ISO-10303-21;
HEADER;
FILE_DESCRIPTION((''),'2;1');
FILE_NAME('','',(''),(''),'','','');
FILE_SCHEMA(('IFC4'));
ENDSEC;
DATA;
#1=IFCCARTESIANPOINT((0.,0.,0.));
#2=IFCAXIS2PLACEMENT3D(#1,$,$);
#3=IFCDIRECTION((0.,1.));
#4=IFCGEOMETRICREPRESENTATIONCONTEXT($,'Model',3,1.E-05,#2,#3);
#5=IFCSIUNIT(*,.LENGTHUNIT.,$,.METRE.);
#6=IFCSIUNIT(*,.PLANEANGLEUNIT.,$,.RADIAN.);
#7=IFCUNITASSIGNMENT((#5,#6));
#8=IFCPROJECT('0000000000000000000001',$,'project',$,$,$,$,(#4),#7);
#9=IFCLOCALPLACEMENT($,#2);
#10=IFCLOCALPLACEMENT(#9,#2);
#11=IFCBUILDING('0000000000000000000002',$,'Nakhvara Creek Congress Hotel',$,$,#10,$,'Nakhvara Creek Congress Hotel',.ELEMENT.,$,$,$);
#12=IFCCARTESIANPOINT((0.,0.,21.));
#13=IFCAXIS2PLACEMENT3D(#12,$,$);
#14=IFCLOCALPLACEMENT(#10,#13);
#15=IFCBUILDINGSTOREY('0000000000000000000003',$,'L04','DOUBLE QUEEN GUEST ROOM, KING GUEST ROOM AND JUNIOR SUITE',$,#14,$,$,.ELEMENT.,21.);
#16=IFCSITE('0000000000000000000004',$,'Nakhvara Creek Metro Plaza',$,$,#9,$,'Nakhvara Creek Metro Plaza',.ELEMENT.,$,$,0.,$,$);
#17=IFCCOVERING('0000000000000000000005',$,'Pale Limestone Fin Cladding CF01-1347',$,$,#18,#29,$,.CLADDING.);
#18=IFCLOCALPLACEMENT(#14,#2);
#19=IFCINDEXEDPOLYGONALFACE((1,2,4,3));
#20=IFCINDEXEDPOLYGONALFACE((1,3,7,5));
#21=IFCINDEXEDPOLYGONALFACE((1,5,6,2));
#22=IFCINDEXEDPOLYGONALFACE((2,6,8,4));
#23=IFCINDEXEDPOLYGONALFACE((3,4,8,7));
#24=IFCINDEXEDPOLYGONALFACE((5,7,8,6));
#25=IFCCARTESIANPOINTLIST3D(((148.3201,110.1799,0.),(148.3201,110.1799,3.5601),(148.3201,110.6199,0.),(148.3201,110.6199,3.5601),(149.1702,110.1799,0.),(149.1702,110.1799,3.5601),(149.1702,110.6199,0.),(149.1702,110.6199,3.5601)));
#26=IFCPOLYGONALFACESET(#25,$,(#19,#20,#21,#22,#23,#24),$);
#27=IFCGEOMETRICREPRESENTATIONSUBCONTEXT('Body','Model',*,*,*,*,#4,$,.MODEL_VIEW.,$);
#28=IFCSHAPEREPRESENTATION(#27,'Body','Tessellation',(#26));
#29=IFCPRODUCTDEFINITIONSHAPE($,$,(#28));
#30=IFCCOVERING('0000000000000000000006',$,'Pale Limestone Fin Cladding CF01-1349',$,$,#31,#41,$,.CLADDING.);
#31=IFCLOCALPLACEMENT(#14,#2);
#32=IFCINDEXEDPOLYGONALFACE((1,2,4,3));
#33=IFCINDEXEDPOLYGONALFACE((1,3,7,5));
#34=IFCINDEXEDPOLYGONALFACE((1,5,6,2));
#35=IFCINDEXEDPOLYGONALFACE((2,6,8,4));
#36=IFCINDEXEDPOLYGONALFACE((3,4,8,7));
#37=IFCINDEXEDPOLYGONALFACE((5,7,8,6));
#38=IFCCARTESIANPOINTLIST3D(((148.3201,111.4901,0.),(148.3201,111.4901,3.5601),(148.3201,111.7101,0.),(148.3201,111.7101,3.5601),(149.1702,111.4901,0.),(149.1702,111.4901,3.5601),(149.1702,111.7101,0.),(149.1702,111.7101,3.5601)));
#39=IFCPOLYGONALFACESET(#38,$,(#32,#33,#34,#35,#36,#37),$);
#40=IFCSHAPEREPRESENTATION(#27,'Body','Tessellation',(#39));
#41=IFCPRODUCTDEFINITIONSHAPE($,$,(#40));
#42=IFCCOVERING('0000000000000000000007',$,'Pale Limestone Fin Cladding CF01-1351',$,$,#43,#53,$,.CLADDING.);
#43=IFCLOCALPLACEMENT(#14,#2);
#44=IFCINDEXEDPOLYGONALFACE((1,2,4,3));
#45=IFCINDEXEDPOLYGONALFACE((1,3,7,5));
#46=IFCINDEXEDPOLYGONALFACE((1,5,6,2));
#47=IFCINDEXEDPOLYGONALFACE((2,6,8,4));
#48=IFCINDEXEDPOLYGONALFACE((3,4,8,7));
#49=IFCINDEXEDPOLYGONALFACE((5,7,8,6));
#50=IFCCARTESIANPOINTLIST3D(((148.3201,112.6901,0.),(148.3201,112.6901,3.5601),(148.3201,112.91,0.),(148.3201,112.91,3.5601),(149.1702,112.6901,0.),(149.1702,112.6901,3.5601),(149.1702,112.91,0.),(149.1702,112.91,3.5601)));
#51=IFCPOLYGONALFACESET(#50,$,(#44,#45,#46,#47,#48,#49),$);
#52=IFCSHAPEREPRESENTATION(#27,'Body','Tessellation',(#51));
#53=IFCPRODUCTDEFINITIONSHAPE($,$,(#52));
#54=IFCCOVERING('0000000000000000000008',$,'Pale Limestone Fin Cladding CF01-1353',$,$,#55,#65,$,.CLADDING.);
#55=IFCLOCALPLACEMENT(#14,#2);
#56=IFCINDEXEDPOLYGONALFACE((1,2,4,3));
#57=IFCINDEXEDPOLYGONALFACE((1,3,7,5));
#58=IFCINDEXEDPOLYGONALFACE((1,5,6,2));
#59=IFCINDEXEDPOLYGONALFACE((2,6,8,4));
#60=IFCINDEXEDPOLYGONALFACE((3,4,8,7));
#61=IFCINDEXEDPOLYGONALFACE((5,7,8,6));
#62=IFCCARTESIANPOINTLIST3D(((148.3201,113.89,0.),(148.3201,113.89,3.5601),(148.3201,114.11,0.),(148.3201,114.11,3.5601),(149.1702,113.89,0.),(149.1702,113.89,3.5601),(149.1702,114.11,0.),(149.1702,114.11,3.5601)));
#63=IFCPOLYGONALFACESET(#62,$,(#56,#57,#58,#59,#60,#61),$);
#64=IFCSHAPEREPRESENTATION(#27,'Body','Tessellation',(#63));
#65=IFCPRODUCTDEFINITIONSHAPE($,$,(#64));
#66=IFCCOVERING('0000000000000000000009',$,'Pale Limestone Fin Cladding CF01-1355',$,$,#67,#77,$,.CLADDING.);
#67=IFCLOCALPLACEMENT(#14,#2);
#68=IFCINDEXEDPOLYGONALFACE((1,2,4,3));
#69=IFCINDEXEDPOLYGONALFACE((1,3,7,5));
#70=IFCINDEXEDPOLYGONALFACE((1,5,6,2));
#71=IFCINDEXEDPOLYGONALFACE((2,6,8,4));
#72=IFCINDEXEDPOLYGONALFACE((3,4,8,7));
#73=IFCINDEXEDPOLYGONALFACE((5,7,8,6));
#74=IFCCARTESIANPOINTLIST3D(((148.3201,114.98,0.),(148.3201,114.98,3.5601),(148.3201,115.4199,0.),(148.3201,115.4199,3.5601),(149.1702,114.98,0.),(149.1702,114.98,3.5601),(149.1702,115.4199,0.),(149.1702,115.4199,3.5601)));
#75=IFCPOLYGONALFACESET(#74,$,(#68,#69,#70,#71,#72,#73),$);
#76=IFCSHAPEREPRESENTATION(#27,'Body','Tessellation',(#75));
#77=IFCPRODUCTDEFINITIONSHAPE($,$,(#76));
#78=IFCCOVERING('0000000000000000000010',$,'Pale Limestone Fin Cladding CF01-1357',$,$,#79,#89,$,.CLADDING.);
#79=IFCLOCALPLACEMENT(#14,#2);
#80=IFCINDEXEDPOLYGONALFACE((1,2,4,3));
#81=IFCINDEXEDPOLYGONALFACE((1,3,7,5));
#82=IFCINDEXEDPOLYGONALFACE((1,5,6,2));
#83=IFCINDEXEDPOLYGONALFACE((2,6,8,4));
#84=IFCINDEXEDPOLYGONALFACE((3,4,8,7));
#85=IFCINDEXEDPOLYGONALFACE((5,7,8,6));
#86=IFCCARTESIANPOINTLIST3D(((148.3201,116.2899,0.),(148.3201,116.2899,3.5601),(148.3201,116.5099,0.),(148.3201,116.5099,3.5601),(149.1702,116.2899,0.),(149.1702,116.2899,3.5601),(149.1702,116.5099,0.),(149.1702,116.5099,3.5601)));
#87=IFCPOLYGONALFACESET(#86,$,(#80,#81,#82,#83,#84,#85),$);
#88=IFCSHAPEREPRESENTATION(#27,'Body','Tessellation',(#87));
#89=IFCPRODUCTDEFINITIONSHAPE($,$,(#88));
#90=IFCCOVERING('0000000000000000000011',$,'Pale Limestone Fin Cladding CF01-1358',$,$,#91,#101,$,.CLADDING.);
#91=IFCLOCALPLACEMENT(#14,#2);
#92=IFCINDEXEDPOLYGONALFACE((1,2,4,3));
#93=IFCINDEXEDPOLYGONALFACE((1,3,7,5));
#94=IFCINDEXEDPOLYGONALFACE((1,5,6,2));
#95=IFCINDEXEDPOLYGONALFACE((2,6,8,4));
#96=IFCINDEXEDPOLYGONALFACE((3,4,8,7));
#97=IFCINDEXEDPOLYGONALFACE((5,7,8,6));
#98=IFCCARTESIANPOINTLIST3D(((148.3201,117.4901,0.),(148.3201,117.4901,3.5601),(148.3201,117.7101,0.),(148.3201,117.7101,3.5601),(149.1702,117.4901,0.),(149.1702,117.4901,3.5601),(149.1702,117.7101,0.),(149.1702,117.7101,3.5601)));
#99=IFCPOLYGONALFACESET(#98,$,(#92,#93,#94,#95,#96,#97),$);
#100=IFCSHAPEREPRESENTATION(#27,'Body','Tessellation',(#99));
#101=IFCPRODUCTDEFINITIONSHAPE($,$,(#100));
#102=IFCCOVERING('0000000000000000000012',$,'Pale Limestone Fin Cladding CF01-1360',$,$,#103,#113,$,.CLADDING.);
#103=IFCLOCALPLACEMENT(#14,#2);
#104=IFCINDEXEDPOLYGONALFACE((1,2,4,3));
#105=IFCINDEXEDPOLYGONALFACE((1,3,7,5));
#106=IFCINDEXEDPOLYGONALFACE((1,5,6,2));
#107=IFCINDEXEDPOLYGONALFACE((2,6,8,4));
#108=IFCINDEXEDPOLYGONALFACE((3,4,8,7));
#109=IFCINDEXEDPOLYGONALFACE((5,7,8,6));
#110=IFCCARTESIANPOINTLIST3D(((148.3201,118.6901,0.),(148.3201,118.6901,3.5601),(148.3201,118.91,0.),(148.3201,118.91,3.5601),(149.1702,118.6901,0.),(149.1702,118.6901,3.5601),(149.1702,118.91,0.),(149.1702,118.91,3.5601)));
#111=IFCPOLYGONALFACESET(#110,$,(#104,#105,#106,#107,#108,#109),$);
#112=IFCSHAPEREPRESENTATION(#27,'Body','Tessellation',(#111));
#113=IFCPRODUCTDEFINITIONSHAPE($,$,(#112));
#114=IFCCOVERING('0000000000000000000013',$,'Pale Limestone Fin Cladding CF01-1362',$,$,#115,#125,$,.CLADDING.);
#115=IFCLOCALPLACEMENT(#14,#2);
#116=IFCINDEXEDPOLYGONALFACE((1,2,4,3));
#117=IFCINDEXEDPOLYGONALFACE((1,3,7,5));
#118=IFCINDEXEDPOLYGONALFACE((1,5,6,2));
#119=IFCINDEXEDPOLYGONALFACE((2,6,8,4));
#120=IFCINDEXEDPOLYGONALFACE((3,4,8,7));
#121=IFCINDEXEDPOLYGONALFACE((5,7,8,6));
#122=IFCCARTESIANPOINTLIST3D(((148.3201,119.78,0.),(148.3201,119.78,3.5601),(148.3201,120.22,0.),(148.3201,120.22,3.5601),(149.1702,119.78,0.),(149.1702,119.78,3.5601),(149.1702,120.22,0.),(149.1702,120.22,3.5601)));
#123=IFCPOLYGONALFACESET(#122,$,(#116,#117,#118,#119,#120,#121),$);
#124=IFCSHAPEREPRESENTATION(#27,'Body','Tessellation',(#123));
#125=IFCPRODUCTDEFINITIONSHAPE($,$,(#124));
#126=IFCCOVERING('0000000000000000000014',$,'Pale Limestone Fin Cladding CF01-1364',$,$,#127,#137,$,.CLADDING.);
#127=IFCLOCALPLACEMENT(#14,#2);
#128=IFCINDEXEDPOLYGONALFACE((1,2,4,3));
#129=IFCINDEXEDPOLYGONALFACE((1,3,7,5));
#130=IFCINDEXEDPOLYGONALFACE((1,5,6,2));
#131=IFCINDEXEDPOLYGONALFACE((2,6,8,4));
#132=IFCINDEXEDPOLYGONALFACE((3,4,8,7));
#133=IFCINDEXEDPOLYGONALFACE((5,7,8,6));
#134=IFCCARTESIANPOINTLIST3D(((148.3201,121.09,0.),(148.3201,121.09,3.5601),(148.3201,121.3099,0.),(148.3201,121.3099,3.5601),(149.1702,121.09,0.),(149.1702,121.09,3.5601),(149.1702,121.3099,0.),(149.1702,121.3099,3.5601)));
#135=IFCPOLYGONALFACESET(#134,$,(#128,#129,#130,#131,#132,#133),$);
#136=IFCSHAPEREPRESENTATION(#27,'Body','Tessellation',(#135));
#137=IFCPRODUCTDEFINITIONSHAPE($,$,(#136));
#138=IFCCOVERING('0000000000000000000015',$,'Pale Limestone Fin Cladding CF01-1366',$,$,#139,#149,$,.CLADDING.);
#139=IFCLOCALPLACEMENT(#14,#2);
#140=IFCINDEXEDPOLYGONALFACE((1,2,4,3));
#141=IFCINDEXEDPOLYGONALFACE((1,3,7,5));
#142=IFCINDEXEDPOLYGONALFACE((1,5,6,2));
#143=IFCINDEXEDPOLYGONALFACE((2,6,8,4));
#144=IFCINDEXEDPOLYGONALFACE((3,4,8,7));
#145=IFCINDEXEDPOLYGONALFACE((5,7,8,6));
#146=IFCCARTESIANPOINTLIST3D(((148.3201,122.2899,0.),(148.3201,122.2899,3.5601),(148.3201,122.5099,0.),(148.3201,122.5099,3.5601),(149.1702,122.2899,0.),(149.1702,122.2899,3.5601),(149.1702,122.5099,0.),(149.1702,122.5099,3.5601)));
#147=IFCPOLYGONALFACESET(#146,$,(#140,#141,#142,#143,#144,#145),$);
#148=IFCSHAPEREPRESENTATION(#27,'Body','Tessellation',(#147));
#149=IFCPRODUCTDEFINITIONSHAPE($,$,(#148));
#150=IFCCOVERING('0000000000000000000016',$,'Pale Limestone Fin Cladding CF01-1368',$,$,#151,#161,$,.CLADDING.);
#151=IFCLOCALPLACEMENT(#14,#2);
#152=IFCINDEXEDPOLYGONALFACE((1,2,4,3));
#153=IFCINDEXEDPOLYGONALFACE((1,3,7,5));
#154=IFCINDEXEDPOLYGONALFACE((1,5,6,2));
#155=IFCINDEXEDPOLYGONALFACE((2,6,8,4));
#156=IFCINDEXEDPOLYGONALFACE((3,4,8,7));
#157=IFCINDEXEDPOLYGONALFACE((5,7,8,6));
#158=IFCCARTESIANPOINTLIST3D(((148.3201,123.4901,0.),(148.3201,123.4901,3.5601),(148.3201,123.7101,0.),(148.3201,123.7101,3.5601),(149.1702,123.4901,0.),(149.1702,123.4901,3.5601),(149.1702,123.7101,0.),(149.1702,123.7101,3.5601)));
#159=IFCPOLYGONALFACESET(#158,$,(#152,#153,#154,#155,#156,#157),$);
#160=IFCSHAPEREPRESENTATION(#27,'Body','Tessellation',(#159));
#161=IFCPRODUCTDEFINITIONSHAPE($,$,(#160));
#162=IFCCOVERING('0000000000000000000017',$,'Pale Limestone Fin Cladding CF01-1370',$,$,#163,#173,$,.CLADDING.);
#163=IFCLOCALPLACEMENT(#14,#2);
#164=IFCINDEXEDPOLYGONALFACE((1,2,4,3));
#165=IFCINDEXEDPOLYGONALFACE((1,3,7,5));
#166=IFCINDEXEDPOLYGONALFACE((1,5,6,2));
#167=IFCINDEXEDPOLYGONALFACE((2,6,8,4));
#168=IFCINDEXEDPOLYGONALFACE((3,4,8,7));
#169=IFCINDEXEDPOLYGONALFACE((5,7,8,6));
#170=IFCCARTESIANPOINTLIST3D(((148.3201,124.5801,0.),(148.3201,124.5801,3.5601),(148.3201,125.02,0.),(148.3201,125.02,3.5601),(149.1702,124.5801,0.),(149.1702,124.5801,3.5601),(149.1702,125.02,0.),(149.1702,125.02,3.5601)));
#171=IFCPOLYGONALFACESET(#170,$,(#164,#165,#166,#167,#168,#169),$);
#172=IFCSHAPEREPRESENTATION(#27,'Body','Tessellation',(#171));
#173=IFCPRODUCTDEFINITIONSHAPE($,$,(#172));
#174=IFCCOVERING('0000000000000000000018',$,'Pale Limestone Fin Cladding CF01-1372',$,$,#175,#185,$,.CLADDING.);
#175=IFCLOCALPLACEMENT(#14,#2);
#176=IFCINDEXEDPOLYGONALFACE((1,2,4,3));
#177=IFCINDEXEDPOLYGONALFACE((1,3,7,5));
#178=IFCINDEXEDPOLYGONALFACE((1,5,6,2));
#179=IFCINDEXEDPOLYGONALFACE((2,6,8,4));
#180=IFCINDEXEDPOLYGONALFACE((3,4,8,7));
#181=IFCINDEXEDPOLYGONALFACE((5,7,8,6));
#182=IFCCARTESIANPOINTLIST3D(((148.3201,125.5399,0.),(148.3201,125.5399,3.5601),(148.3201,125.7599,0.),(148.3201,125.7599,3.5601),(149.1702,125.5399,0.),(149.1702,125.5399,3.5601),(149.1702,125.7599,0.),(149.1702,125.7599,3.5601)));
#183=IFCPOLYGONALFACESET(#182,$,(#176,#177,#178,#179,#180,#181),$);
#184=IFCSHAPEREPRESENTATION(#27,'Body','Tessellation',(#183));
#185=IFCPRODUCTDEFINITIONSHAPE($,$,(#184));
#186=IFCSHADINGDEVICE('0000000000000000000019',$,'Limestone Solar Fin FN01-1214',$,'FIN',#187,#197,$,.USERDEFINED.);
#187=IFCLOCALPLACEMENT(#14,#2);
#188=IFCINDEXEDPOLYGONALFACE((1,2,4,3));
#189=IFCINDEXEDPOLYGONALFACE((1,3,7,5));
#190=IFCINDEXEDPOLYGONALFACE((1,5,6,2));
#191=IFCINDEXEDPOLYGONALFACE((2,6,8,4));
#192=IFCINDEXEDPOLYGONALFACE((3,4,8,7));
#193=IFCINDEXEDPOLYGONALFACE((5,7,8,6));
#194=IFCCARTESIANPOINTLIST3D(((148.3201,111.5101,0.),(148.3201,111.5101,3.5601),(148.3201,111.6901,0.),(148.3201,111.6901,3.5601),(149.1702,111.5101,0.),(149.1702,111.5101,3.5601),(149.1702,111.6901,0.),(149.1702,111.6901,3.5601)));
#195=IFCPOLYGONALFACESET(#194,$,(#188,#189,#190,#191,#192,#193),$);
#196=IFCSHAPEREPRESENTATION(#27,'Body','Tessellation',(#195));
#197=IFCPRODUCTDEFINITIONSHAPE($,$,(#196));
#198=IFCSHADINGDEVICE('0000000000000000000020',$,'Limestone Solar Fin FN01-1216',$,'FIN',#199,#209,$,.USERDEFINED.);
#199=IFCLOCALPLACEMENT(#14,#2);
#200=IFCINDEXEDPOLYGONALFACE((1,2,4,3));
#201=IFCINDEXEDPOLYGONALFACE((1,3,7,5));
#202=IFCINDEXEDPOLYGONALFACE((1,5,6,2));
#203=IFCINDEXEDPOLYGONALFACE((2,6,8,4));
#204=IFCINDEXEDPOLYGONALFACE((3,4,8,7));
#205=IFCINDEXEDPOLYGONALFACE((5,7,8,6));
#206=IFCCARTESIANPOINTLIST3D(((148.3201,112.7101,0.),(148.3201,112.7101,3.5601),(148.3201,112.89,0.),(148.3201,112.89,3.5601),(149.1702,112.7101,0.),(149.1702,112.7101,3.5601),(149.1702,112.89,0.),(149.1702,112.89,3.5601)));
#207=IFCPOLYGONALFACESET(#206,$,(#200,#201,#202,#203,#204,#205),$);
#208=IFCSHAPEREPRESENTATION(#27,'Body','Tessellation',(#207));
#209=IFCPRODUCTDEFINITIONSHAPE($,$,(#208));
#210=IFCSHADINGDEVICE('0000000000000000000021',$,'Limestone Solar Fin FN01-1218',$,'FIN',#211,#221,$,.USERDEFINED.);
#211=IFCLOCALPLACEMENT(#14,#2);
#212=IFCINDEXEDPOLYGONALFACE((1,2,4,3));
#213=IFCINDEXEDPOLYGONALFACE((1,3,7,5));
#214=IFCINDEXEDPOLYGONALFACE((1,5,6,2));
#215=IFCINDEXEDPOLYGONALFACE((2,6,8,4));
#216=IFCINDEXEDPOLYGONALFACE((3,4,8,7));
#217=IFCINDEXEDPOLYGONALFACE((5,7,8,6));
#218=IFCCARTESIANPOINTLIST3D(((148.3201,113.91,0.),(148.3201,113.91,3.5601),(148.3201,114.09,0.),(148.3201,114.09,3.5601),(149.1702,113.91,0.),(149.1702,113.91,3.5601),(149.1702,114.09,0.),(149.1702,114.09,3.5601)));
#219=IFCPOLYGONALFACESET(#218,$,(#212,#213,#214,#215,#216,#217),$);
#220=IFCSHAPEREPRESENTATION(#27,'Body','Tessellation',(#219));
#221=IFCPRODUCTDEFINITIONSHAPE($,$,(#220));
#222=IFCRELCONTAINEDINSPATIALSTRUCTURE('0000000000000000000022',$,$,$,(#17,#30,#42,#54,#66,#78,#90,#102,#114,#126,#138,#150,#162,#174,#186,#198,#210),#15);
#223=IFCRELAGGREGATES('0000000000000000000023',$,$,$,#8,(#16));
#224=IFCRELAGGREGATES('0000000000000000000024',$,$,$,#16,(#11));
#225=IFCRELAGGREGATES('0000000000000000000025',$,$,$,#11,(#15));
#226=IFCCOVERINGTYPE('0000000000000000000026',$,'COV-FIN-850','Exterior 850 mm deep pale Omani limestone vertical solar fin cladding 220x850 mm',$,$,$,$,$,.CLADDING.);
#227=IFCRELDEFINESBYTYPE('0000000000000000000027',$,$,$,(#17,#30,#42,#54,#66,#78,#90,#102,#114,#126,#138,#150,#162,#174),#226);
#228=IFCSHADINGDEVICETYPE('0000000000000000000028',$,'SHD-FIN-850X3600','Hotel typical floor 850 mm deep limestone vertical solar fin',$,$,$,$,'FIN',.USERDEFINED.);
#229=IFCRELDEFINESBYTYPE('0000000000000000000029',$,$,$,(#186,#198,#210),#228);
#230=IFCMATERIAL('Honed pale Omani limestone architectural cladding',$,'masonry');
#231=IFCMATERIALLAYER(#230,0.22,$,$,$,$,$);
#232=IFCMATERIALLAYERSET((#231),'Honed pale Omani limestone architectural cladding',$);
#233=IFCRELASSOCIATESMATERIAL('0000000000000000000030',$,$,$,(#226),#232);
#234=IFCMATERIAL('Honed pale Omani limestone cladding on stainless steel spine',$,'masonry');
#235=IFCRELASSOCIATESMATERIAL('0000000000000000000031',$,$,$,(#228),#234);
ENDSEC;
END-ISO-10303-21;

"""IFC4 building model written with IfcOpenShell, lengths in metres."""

from ifc_helpers import new_model, si_unit, direction, frame, origin, origin_2d, place, context, subcontext, project, spatial, rectangle, extrude, material, layer, layer_set, type_object, element, save


model = new_model("IFC4")

# Units and contexts
model_context = context("Model", 3, precision=1e-05, world=origin(), true_north=direction((0.0, 1.0)))
body_context = subcontext(model_context, "Body", "Model", "MODEL_VIEW")
ifc_project = project(units=[si_unit("LENGTHUNIT", "METRE"), si_unit("PLANEANGLEUNIT", "RADIAN")], contexts=[model_context])

# Site, building, storey
site_placement = place(None, origin())
site = spatial("IfcSite", under=ifc_project, at=site_placement, Name="Nakhvara Creek Metro Plaza", LongName="Nakhvara Creek Metro Plaza", CompositionType="ELEMENT", RefElevation=0.0)
building_placement = place(site_placement, origin())
building = spatial("IfcBuilding", under=site, at=building_placement, Name="Nakhvara Creek Congress Hotel", LongName="Nakhvara Creek Congress Hotel", CompositionType="ELEMENT")
storey_placement = place(building_placement, frame((0.0, 0.0, 21.0)))
storey = spatial("IfcBuildingStorey", under=building, at=storey_placement, Name="L04", Description="DOUBLE QUEEN GUEST ROOM, KING GUEST ROOM AND JUNIOR SUITE", CompositionType="ELEMENT", Elevation=21.0)

# Coverings
ifc_material_1 = material(Name="Honed pale Omani limestone architectural cladding", Category="masonry")
ifc_layer = layer(ifc_material_1, 0.22)
ifc_layer_set = layer_set([ifc_layer], Name="Honed pale Omani limestone architectural cladding")
covering_type = type_object("IfcCoveringType", Name="COV-FIN-850", Description="Exterior 850 mm deep pale Omani limestone vertical solar fin cladding 220x850 mm", PredefinedType="CLADDING", material=ifc_layer_set)
covering_1_placement = place(storey_placement, frame((148.7451, 110.3999, 0.0), z_axis=(0.0, 0.0, 1.0), x_axis=(0.0, 1.0, 0.0)))
element("IfcCovering", 1, at=covering_1_placement, inside=storey, type_object=covering_type, Name="Pale Limestone Fin Cladding CF01-1347", PredefinedType="CLADDING", context=body_context, shape_type="SweptSolid", body=[
    extrude(rectangle(XDim=0.4399, YDim=0.8501, at=origin_2d()), origin(), (0.0, 0.0, 1.0), 3.5601),
])
for number, where, z_axis, x_axis, name in (
    (2, (148.7451, 111.6001, 0.0), (0.0, 0.0, 1.0), (0.0, 1.0, 0.0), "Pale Limestone Fin Cladding CF01-1349"),
    (3, (148.7451, 112.8, 0.0), (0.0, 0.0, 1.0), (0.0, 1.0, 0.0), "Pale Limestone Fin Cladding CF01-1351"),
    (4, (148.7451, 114.0, 0.0), (0.0, 0.0, 1.0), (0.0, 1.0, 0.0), "Pale Limestone Fin Cladding CF01-1353"),
):
    element("IfcCovering", number, at=place(storey_placement, frame(where, z_axis=z_axis, x_axis=x_axis)), inside=storey, type_object=covering_type, Name=name, PredefinedType="CLADDING", context=body_context, shape_type="SweptSolid", body=[
        extrude(rectangle(XDim=0.22, YDim=0.8501, at=origin_2d()), origin(), (0.0, 0.0, 1.0), 3.5601),
    ])
covering_2_placement = place(storey_placement, frame((148.7451, 115.2, 0.0), z_axis=(0.0, 0.0, 1.0), x_axis=(0.0, 1.0, 0.0)))
element("IfcCovering", 5, at=covering_2_placement, inside=storey, type_object=covering_type, Name="Pale Limestone Fin Cladding CF01-1355", PredefinedType="CLADDING", context=body_context, shape_type="SweptSolid", body=[
    extrude(rectangle(XDim=0.4399, YDim=0.8501, at=origin_2d()), origin(), (0.0, 0.0, 1.0), 3.5601),
])
for number, where, z_axis, x_axis, name in (
    (6, (148.7451, 116.3999, 0.0), (0.0, 0.0, 1.0), (0.0, 1.0, 0.0), "Pale Limestone Fin Cladding CF01-1357"),
    (7, (148.7451, 117.6001, 0.0), (0.0, 0.0, 1.0), (0.0, 1.0, 0.0), "Pale Limestone Fin Cladding CF01-1358"),
    (8, (148.7451, 118.8, 0.0), (0.0, 0.0, 1.0), (0.0, 1.0, 0.0), "Pale Limestone Fin Cladding CF01-1360"),
):
    element("IfcCovering", number, at=place(storey_placement, frame(where, z_axis=z_axis, x_axis=x_axis)), inside=storey, type_object=covering_type, Name=name, PredefinedType="CLADDING", context=body_context, shape_type="SweptSolid", body=[
        extrude(rectangle(XDim=0.22, YDim=0.8501, at=origin_2d()), origin(), (0.0, 0.0, 1.0), 3.5601),
    ])
covering_3_placement = place(storey_placement, frame((148.7451, 120.0, 0.0), z_axis=(0.0, 0.0, 1.0), x_axis=(0.0, 1.0, 0.0)))
element("IfcCovering", 9, at=covering_3_placement, inside=storey, type_object=covering_type, Name="Pale Limestone Fin Cladding CF01-1362", PredefinedType="CLADDING", context=body_context, shape_type="SweptSolid", body=[
    extrude(rectangle(XDim=0.4399, YDim=0.8501, at=origin_2d()), origin(), (0.0, 0.0, 1.0), 3.5601),
])
for number, where, z_axis, x_axis, name in (
    (10, (148.7451, 121.2, 0.0), (0.0, 0.0, 1.0), (0.0, 1.0, 0.0), "Pale Limestone Fin Cladding CF01-1364"),
    (11, (148.7451, 122.3999, 0.0), (0.0, 0.0, 1.0), (0.0, 1.0, 0.0), "Pale Limestone Fin Cladding CF01-1366"),
    (12, (148.7451, 123.6001, 0.0), (0.0, 0.0, 1.0), (0.0, 1.0, 0.0), "Pale Limestone Fin Cladding CF01-1368"),
):
    element("IfcCovering", number, at=place(storey_placement, frame(where, z_axis=z_axis, x_axis=x_axis)), inside=storey, type_object=covering_type, Name=name, PredefinedType="CLADDING", context=body_context, shape_type="SweptSolid", body=[
        extrude(rectangle(XDim=0.22, YDim=0.8501, at=origin_2d()), origin(), (0.0, 0.0, 1.0), 3.5601),
    ])
covering_4_placement = place(storey_placement, frame((148.7451, 124.8, 0.0), z_axis=(0.0, 0.0, 1.0), x_axis=(0.0, 1.0, 0.0)))
element("IfcCovering", 13, at=covering_4_placement, inside=storey, type_object=covering_type, Name="Pale Limestone Fin Cladding CF01-1370", PredefinedType="CLADDING", context=body_context, shape_type="SweptSolid", body=[
    extrude(rectangle(XDim=0.4399, YDim=0.8501, at=origin_2d()), origin(), (0.0, 0.0, 1.0), 3.5601),
])
covering_5_placement = place(storey_placement, frame((148.7451, 125.6499, 0.0), z_axis=(0.0, 0.0, 1.0), x_axis=(0.0, 1.0, 0.0)))
element("IfcCovering", 14, at=covering_5_placement, inside=storey, type_object=covering_type, Name="Pale Limestone Fin Cladding CF01-1372", PredefinedType="CLADDING", context=body_context, shape_type="SweptSolid", body=[
    extrude(rectangle(XDim=0.22, YDim=0.8501, at=origin_2d()), origin(), (0.0, 0.0, 1.0), 3.5601),
])

# Shading devices
ifc_material_2 = material(Name="Honed pale Omani limestone cladding on stainless steel spine", Category="masonry")
shading_device_type = type_object("IfcShadingDeviceType", Name="SHD-FIN-850X3600", Description="Hotel typical floor 850 mm deep limestone vertical solar fin", ElementType="FIN", PredefinedType="USERDEFINED", material=ifc_material_2)
for number, where, z_axis, x_axis, name in (
    (15, (148.7451, 111.6001, 0.0), (0.0, 0.0, 1.0), (0.0, 1.0, 0.0), "Limestone Solar Fin FN01-1214"),
    (16, (148.7451, 112.8, 0.0), (0.0, 0.0, 1.0), (0.0, 1.0, 0.0), "Limestone Solar Fin FN01-1216"),
    (17, (148.7451, 114.0, 0.0), (0.0, 0.0, 1.0), (0.0, 1.0, 0.0), "Limestone Solar Fin FN01-1218"),
):
    element("IfcShadingDevice", number, at=place(storey_placement, frame(where, z_axis=z_axis, x_axis=x_axis)), inside=storey, type_object=shading_device_type, Name=name, ObjectType="FIN", PredefinedType="USERDEFINED", context=body_context, shape_type="SweptSolid", body=[
        extrude(rectangle(XDim=0.1799, YDim=0.8501, at=origin_2d()), origin(), (0.0, 0.0, 1.0), 3.5601),
    ])

save(model, "model.ifc")
